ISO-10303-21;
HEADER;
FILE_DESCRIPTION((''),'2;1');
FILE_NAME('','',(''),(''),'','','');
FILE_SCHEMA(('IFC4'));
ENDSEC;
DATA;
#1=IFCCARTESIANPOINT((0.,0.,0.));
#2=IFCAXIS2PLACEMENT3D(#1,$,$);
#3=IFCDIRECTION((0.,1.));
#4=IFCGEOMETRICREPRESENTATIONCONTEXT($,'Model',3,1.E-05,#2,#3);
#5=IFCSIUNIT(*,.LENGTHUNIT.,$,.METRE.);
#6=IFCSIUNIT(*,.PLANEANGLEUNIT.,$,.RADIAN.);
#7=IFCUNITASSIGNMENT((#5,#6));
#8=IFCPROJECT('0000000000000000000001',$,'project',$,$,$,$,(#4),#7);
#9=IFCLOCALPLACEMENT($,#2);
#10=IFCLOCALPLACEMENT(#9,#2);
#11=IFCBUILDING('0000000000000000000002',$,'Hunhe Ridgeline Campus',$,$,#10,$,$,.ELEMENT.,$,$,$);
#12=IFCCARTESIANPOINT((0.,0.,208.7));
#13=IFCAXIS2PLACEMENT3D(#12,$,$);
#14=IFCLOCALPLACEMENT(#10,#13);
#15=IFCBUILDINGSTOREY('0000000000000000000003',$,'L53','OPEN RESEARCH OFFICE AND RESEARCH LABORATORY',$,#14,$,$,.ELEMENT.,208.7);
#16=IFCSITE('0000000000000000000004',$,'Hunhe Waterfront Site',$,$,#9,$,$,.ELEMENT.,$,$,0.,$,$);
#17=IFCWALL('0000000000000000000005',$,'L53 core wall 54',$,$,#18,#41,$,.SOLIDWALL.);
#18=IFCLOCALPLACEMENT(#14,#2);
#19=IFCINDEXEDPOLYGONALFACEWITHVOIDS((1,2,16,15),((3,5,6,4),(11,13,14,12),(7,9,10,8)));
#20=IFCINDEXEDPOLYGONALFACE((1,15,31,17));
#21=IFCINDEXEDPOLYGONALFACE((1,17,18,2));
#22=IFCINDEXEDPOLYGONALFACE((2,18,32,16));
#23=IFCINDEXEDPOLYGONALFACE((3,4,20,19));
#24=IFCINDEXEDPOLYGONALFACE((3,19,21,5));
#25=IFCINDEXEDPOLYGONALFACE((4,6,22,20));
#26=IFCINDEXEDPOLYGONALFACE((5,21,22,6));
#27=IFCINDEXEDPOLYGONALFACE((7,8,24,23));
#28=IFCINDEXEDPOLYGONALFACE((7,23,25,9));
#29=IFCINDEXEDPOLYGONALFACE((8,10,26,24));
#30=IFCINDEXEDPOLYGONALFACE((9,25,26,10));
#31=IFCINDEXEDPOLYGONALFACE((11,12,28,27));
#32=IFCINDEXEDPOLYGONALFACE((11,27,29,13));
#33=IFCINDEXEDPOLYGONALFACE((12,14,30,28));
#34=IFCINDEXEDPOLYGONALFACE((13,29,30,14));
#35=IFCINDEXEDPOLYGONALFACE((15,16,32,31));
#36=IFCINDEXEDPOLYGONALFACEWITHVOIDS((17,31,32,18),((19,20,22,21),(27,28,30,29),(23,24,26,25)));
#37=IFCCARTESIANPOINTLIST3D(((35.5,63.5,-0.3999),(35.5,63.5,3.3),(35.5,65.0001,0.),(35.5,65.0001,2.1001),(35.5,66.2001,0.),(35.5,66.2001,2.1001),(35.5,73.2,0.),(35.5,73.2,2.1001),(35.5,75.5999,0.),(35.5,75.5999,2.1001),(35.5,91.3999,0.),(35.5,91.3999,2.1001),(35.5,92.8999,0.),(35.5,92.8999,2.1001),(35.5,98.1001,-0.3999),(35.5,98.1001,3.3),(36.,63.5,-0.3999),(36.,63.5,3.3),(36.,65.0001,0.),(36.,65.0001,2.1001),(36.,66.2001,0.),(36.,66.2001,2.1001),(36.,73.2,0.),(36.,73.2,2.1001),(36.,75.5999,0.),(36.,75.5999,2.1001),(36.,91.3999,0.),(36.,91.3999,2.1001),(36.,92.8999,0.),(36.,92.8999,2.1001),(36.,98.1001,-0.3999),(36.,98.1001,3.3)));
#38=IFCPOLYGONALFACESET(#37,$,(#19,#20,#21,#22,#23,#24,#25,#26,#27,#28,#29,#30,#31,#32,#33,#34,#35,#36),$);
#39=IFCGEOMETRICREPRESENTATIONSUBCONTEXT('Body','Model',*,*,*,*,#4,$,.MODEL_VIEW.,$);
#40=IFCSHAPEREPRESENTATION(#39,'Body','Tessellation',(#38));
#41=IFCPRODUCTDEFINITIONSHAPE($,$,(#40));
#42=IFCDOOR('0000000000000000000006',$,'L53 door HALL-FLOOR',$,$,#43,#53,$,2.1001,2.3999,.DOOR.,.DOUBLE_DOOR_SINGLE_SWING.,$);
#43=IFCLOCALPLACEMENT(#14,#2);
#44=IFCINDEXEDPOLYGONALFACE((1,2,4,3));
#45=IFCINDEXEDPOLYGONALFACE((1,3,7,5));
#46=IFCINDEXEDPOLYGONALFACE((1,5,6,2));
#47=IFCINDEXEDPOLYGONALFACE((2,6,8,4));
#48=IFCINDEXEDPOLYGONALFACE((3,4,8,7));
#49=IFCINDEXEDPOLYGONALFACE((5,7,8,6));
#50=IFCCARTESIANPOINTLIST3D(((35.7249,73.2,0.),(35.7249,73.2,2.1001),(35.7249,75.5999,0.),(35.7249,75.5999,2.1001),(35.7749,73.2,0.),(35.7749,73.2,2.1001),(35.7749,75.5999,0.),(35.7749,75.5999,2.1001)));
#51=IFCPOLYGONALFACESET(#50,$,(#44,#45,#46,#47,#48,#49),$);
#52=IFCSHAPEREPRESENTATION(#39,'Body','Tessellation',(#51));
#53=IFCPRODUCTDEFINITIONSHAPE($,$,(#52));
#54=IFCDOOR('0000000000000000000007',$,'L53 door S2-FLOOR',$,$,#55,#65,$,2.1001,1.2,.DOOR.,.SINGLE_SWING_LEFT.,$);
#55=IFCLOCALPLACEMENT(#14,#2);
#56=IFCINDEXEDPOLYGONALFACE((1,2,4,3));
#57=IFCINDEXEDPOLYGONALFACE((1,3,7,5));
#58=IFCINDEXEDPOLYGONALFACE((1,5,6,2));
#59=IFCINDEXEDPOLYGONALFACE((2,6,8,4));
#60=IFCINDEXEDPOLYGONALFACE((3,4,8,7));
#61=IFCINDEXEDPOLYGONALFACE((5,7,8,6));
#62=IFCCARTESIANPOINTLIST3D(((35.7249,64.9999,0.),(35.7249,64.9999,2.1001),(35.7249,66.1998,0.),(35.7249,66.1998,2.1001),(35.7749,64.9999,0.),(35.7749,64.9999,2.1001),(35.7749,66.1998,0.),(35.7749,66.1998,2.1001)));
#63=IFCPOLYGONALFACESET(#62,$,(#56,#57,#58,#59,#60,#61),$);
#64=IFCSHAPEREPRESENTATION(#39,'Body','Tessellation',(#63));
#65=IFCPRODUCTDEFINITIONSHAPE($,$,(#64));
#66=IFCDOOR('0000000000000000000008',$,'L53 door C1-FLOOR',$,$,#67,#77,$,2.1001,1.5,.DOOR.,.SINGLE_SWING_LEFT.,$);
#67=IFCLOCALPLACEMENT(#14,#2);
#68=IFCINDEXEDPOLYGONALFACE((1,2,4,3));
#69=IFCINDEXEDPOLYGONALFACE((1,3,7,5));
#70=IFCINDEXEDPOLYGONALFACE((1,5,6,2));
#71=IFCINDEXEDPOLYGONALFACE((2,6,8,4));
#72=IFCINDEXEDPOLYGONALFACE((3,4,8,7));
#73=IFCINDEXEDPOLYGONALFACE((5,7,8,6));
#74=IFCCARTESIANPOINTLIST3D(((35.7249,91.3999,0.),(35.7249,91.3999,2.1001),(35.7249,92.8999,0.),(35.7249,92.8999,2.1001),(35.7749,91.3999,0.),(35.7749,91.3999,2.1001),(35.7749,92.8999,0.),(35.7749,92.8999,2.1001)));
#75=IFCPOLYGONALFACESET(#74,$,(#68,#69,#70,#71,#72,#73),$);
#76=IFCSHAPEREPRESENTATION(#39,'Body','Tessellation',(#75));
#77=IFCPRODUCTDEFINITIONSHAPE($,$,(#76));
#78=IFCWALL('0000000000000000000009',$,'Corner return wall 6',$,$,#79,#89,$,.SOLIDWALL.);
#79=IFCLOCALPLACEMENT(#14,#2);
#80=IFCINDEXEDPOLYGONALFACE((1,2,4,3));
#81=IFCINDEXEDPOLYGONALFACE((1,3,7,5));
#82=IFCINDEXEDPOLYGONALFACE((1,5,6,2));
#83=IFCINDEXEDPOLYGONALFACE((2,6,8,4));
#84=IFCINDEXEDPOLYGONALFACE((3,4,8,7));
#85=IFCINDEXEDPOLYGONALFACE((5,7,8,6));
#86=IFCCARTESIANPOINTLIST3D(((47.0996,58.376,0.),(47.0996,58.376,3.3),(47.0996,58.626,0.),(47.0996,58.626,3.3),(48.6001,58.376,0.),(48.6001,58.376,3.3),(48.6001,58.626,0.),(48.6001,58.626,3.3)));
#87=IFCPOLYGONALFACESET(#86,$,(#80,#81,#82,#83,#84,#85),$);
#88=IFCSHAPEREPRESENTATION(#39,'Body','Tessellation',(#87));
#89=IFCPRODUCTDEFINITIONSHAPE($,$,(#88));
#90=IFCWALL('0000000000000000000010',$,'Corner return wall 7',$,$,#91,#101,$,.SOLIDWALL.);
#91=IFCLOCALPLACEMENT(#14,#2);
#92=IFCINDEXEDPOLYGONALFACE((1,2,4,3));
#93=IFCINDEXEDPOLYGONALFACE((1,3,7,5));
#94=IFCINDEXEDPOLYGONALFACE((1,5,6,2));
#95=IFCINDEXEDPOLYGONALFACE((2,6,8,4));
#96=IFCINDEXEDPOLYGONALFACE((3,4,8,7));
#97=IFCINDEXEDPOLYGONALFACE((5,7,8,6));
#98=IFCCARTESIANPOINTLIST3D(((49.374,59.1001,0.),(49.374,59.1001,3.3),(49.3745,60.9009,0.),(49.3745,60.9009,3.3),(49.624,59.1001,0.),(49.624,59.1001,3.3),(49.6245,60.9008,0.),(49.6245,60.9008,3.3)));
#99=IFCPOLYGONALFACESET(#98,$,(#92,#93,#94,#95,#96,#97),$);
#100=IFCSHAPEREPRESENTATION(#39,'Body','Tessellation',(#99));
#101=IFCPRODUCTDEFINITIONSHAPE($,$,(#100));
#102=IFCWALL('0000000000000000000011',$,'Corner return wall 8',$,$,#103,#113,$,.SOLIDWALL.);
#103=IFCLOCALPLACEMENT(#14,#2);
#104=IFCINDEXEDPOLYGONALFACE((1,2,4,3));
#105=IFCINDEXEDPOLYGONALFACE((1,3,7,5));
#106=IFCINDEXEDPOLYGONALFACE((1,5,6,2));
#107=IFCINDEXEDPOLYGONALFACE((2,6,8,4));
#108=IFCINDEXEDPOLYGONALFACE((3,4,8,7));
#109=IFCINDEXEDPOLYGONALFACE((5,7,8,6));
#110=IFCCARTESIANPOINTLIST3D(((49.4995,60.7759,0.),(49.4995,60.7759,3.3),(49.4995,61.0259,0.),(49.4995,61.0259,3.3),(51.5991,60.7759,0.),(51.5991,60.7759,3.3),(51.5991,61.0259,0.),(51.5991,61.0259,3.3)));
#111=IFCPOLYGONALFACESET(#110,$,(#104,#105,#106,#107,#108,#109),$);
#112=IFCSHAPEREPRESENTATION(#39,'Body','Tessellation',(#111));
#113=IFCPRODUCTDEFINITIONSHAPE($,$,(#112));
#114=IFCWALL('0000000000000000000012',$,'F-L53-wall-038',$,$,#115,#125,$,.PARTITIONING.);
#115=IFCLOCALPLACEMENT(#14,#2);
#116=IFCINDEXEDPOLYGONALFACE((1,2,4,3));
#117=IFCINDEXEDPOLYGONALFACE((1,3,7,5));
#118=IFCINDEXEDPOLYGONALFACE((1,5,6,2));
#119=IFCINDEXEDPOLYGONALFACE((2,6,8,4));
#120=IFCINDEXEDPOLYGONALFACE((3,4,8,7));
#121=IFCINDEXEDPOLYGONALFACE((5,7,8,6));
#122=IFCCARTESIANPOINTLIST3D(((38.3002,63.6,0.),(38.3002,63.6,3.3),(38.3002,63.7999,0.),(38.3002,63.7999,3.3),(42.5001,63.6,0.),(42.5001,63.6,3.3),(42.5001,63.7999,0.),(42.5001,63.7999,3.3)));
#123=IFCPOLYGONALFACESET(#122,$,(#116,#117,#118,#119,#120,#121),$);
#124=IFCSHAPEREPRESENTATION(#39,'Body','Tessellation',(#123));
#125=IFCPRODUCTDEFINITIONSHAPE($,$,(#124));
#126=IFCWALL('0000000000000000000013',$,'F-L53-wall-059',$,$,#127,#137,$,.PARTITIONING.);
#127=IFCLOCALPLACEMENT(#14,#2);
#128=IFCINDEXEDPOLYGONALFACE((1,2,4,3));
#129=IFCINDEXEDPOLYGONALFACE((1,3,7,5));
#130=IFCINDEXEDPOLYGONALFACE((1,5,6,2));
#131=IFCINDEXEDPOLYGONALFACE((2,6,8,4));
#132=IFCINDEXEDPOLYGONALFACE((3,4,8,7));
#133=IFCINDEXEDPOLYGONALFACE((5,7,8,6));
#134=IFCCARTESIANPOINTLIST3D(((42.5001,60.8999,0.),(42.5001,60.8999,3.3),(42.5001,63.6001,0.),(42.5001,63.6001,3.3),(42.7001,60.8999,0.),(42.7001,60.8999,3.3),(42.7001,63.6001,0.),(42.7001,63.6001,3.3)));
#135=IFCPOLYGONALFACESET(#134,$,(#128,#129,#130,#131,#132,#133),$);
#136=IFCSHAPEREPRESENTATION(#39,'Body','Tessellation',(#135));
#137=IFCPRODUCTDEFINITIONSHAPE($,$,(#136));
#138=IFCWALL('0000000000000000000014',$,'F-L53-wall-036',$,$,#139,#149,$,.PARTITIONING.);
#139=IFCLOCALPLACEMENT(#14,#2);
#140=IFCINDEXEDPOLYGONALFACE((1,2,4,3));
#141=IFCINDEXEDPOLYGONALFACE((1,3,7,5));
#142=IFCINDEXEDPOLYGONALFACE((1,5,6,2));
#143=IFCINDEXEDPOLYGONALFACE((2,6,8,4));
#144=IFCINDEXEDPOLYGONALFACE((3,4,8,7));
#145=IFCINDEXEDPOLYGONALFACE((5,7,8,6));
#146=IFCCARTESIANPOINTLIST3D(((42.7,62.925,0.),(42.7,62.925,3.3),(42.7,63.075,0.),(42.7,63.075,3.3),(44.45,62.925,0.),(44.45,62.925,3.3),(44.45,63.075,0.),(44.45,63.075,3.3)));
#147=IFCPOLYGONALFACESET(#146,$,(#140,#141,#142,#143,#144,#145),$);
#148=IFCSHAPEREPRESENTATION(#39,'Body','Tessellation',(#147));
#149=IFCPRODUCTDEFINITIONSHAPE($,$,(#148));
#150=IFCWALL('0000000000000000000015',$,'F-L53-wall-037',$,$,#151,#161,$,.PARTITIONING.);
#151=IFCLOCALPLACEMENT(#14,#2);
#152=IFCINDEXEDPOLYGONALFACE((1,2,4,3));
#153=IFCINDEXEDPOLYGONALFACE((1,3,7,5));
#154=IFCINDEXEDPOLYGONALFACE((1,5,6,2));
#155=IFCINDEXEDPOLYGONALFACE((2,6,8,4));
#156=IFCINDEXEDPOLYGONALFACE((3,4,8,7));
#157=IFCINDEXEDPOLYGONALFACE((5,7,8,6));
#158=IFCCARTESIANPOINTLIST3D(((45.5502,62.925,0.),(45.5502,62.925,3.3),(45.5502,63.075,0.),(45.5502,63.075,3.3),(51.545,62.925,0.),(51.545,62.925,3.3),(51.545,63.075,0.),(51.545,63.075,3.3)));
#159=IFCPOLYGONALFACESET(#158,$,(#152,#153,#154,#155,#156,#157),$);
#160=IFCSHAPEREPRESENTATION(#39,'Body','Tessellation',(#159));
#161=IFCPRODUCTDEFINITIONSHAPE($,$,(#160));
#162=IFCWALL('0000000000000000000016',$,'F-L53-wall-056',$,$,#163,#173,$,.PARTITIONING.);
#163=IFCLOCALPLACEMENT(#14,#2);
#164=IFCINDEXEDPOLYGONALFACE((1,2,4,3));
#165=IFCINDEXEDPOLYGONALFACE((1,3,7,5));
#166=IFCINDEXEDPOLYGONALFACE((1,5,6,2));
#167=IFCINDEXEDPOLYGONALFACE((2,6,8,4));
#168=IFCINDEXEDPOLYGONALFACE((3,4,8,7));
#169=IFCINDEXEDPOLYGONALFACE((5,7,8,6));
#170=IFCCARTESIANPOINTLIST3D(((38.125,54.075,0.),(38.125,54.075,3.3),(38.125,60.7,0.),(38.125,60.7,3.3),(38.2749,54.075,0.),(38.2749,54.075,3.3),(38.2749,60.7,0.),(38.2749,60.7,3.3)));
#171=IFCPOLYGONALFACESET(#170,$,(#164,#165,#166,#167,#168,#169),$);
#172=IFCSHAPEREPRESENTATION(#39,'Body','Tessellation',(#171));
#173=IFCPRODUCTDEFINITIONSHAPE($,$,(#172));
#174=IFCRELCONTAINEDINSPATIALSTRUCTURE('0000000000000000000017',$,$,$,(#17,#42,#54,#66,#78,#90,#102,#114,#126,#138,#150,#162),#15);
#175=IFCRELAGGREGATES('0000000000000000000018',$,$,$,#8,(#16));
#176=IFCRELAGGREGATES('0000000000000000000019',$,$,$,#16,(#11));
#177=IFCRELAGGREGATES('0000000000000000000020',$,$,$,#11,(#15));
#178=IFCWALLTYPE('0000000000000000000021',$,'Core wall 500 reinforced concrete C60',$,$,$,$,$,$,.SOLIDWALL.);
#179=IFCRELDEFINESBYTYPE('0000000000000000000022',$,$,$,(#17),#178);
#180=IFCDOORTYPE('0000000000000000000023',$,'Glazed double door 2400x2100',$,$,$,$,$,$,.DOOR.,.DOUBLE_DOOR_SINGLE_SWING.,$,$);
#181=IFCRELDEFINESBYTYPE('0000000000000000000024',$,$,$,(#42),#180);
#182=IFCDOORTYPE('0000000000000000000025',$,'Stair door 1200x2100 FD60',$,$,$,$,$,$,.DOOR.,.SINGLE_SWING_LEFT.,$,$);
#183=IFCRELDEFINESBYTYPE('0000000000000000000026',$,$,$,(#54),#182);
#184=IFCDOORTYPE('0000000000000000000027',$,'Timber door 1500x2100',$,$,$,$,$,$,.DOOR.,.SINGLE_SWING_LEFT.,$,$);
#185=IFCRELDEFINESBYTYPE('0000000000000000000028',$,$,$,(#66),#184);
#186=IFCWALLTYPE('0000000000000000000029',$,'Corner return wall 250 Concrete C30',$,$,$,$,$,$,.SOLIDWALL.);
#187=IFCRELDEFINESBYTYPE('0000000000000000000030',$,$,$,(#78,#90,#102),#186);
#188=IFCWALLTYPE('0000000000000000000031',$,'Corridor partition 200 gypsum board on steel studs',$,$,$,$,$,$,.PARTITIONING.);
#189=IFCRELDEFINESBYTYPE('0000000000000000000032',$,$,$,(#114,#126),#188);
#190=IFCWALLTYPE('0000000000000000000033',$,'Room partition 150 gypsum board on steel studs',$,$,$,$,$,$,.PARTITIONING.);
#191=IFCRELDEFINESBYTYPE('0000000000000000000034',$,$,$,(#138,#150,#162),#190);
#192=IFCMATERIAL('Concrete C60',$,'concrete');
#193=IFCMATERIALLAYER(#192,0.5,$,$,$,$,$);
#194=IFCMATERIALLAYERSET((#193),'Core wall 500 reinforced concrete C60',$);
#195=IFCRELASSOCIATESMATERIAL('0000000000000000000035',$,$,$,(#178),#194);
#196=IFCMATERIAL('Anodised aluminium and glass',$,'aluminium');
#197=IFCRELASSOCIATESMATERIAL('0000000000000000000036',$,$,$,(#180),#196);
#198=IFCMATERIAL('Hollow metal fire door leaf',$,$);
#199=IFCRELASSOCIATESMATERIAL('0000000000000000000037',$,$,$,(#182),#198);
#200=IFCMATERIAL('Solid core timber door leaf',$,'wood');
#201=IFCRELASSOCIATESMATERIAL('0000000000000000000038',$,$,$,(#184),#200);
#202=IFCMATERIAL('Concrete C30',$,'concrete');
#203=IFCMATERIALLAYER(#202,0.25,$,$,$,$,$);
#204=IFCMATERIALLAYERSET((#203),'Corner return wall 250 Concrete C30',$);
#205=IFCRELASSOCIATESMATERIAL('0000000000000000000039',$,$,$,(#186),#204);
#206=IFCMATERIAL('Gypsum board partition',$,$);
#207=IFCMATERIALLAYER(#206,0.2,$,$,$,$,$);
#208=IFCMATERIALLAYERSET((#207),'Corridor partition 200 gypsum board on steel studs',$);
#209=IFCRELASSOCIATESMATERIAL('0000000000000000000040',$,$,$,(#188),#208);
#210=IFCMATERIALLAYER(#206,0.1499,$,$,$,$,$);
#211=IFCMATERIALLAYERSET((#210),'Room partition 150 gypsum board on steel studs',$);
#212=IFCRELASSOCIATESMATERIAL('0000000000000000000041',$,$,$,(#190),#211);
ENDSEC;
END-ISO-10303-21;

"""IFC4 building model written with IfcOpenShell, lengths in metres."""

from ifc_helpers import new_model, si_unit, direction, frame, frame_2d, origin, place, context, subcontext, project, spatial, rectangle, extrude, material, layer, layer_set, type_object, element, fill, save


model = new_model("IFC4")

# Units and contexts
model_context = context("Model", 3, precision=1e-05, world=origin(), true_north=direction((0.0, 1.0)))
body_context = subcontext(model_context, "Body", "Model", "MODEL_VIEW")
ifc_project = project(units=[si_unit("LENGTHUNIT", "METRE"), si_unit("PLANEANGLEUNIT", "RADIAN")], contexts=[model_context])

# Site, building, storey
site_placement = place(None, origin())
site = spatial("IfcSite", under=ifc_project, at=site_placement, Name="Hunhe Waterfront Site", CompositionType="ELEMENT", RefElevation=0.0)
building_placement = place(site_placement, origin())
building = spatial("IfcBuilding", under=site, at=building_placement, Name="Hunhe Ridgeline Campus", CompositionType="ELEMENT")
storey_placement = place(building_placement, frame((0.0, 0.0, 208.7)))
storey = spatial("IfcBuildingStorey", under=building, at=storey_placement, Name="L53", Description="OPEN RESEARCH OFFICE AND RESEARCH LABORATORY", CompositionType="ELEMENT", Elevation=208.7)

# Shared definitions
ifc_material_1 = material(Name="Concrete C60", Category="concrete")

# Wall, openings, doors
ifc_layer_1 = layer(ifc_material_1, 0.5)
ifc_layer_set_1 = layer_set([ifc_layer_1], Name="Core wall 500 reinforced concrete C60")
wall_type_1 = type_object("IfcWallType", Name="Core wall 500 reinforced concrete C60", PredefinedType="SOLIDWALL", material=ifc_layer_set_1)
wall_1_placement = place(storey_placement, frame((35.75, 63.5, -0.3999), z_axis=(0.0, 0.0, 1.0), x_axis=(0.0, 1.0, 0.0)))
wall_1 = element("IfcWall", 1, at=wall_1_placement, inside=storey, type_object=wall_type_1, Name="L53 core wall 54", PredefinedType="SOLIDWALL", context=body_context, shape_type="SweptSolid", body=[
    extrude(rectangle(XDim=34.6001, YDim=0.5, at=frame_2d((17.3, 0.0))), origin(), (0.0, 0.0, 1.0), 3.7),
])
opening_1_placement = place(wall_1_placement, frame((9.7, 0.0, 0.3999)))
opening_1 = element("IfcOpeningElement", 2, at=opening_1_placement, cuts=wall_1, PredefinedType="OPENING", context=body_context, shape_type="SweptSolid", body=[
    extrude(rectangle(XDim=2.3999, YDim=2.1001, at=frame_2d((1.2, 1.05))), frame((0.0, 0.25, 0.0), z_axis=(0.0, -1.0, 0.0), x_axis=(1.0, 0.0, 0.0)), (0.0, 0.0, 1.0), 0.5),
])
opening_2_placement = place(wall_1_placement, frame((27.8999, 0.0, 0.3999)))
opening_2 = element("IfcOpeningElement", 3, at=opening_2_placement, cuts=wall_1, PredefinedType="OPENING", context=body_context, shape_type="SweptSolid", body=[
    extrude(rectangle(XDim=1.5, YDim=2.1001, at=frame_2d((0.75, 1.05))), frame((0.0, 0.25, 0.0), z_axis=(0.0, -1.0, 0.0), x_axis=(1.0, 0.0, 0.0)), (0.0, 0.0, 1.0), 0.5),
])
opening_3_placement = place(wall_1_placement, frame((1.5, 0.0, 0.3999)))
opening_3 = element("IfcOpeningElement", 4, at=opening_3_placement, cuts=wall_1, PredefinedType="OPENING", context=body_context, shape_type="SweptSolid", body=[
    extrude(rectangle(XDim=1.2, YDim=2.1001, at=frame_2d((0.6001, 1.05))), frame((0.0, 0.25, 0.0), z_axis=(0.0, -1.0, 0.0), x_axis=(1.0, 0.0, 0.0)), (0.0, 0.0, 1.0), 0.5),
])
ifc_material_2 = material(Name="Anodised aluminium and glass", Category="aluminium")
door_type_1 = type_object("IfcDoorType", Name="Glazed double door 2400x2100", OperationType="DOUBLE_DOOR_SINGLE_SWING", PredefinedType="DOOR", material=ifc_material_2)
door_1_placement = place(opening_1_placement, frame((2.3999, 0.0, 0.0), z_axis=(0.0, 0.0, 1.0), x_axis=(-1.0, 0.0, 0.0)))
door_1 = element("IfcDoor", 5, at=door_1_placement, inside=storey, type_object=door_type_1, Name="L53 door HALL-FLOOR", OperationType="DOUBLE_DOOR_SINGLE_SWING", OverallHeight=2.1001, OverallWidth=2.3999, PredefinedType="DOOR", context=body_context, shape_type="SweptSolid", body=[
    extrude(rectangle(XDim=2.3999, YDim=2.1001, at=frame_2d((1.2, 1.05))), frame((0.0, 0.0249, 0.0), z_axis=(0.0, -1.0, 0.0), x_axis=(1.0, 0.0, 0.0)), (0.0, 0.0, 1.0), 0.05),
])
fill(opening_1, door_1)
ifc_material_3 = material(Name="Hollow metal fire door leaf")
door_type_2 = type_object("IfcDoorType", Name="Stair door 1200x2100 FD60", OperationType="SINGLE_SWING_LEFT", PredefinedType="DOOR", material=ifc_material_3)
door_2_placement = place(opening_3_placement, frame((1.2, 0.0, 0.0), z_axis=(0.0, 0.0, 1.0), x_axis=(-1.0, 0.0, 0.0)))
door_2 = element("IfcDoor", 6, at=door_2_placement, inside=storey, type_object=door_type_2, Name="L53 door S2-FLOOR", OperationType="SINGLE_SWING_LEFT", OverallHeight=2.1001, OverallWidth=1.2, PredefinedType="DOOR", context=body_context, shape_type="SweptSolid", body=[
    extrude(rectangle(XDim=1.2, YDim=2.1001, at=frame_2d((0.6001, 1.05))), frame((0.0, 0.0249, 0.0), z_axis=(0.0, -1.0, 0.0), x_axis=(1.0, 0.0, 0.0)), (0.0, 0.0, 1.0), 0.05),
])
fill(opening_3, door_2)
ifc_material_4 = material(Name="Solid core timber door leaf", Category="wood")
door_type_3 = type_object("IfcDoorType", Name="Timber door 1500x2100", OperationType="SINGLE_SWING_LEFT", PredefinedType="DOOR", material=ifc_material_4)
door_3_placement = place(opening_2_placement, frame((1.5, 0.0, 0.0), z_axis=(0.0, 0.0, 1.0), x_axis=(-1.0, 0.0, 0.0)))
door_3 = element("IfcDoor", 7, at=door_3_placement, inside=storey, type_object=door_type_3, Name="L53 door C1-FLOOR", OperationType="SINGLE_SWING_LEFT", OverallHeight=2.1001, OverallWidth=1.5, PredefinedType="DOOR", context=body_context, shape_type="SweptSolid", body=[
    extrude(rectangle(XDim=1.5, YDim=2.1001, at=frame_2d((0.75, 1.05))), frame((0.0, 0.0249, 0.0), z_axis=(0.0, -1.0, 0.0), x_axis=(1.0, 0.0, 0.0)), (0.0, 0.0, 1.0), 0.05),
])
fill(opening_2, door_3)

# Walls
ifc_material_5 = material(Name="Concrete C30", Category="concrete")
ifc_layer_2 = layer(ifc_material_5, 0.25)
ifc_layer_set_2 = layer_set([ifc_layer_2], Name="Corner return wall 250 Concrete C30")
wall_type_2 = type_object("IfcWallType", Name="Corner return wall 250 Concrete C30", PredefinedType="SOLIDWALL", material=ifc_layer_set_2)
wall_2_placement = place(storey_placement, frame((47.0996, 58.501, 0.0), z_axis=(0.0, 0.0, 1.0), x_axis=(1.0, 0.0, 0.0)))
element("IfcWall", 8, at=wall_2_placement, inside=storey, type_object=wall_type_2, Name="Corner return wall 6", PredefinedType="SOLIDWALL", context=body_context, shape_type="SweptSolid", body=[
    extrude(rectangle(XDim=1.5005, YDim=0.25, at=frame_2d((0.7502, 0.0))), origin(), (0.0, 0.0, 1.0), 3.3),
])
wall_3_placement = place(storey_placement, frame((49.499, 59.1001, 0.0), z_axis=(0.0, 0.0, 1.0), x_axis=(0.000271, 1.0, 0.0)))
element("IfcWall", 9, at=wall_3_placement, inside=storey, type_object=wall_type_2, Name="Corner return wall 7", PredefinedType="SOLIDWALL", context=body_context, shape_type="SweptSolid", body=[
    extrude(rectangle(XDim=1.8008, YDim=0.25, at=frame_2d((0.9004, 0.0))), origin(), (0.0, 0.0, 1.0), 3.3),
])
wall_4_placement = place(storey_placement, frame((49.4995, 60.9009, 0.0), z_axis=(0.0, 0.0, 1.0), x_axis=(1.0, 0.0, 0.0)))
element("IfcWall", 10, at=wall_4_placement, inside=storey, type_object=wall_type_2, Name="Corner return wall 8", PredefinedType="SOLIDWALL", context=body_context, shape_type="SweptSolid", body=[
    extrude(rectangle(XDim=2.0996, YDim=0.25, at=frame_2d((1.0498, 0.0))), origin(), (0.0, 0.0, 1.0), 3.3),
])

# Shared definitions
ifc_material_6 = material(Name="Gypsum board partition")
ifc_layer_3 = layer(ifc_material_6, 0.2)
ifc_layer_set_3 = layer_set([ifc_layer_3], Name="Corridor partition 200 gypsum board on steel studs")
wall_type_3 = type_object("IfcWallType", Name="Corridor partition 200 gypsum board on steel studs", PredefinedType="PARTITIONING", material=ifc_layer_set_3)

# Walls
wall_5_placement = place(storey_placement, frame((38.3, 63.7, 0.0), z_axis=(0.0, 0.0, 1.0), x_axis=(1.0, 0.0, 0.0)))
element("IfcWall", 11, at=wall_5_placement, inside=storey, type_object=wall_type_3, Name="F-L53-wall-038", PredefinedType="PARTITIONING", context=body_context, shape_type="SweptSolid", body=[
    extrude(rectangle(XDim=4.2, YDim=0.2, at=frame_2d((2.1001, 0.0))), origin(), (0.0, 0.0, 1.0), 3.3),
])
wall_6_placement = place(storey_placement, frame((42.6001, 63.6001, 0.0), z_axis=(0.0, 0.0, 1.0), x_axis=(0.0, -1.0, 0.0)))
element("IfcWall", 12, at=wall_6_placement, inside=storey, type_object=wall_type_3, Name="F-L53-wall-059", PredefinedType="PARTITIONING", context=body_context, shape_type="SweptSolid", body=[
    extrude(rectangle(XDim=2.7002, YDim=0.2, at=frame_2d((1.3501, 0.0))), origin(), (0.0, 0.0, 1.0), 3.3),
])
ifc_layer_4 = layer(ifc_material_6, 0.1499)
ifc_layer_set_4 = layer_set([ifc_layer_4], Name="Room partition 150 gypsum board on steel studs")
wall_type_4 = type_object("IfcWallType", Name="Room partition 150 gypsum board on steel studs", PredefinedType="PARTITIONING", material=ifc_layer_set_4)
wall_7_placement = place(storey_placement, frame((42.7, 63.0, 0.0), z_axis=(0.0, 0.0, 1.0), x_axis=(1.0, 0.0, 0.0)))
element("IfcWall", 13, at=wall_7_placement, inside=storey, type_object=wall_type_4, Name="F-L53-wall-036", PredefinedType="PARTITIONING", context=body_context, shape_type="SweptSolid", body=[
    extrude(rectangle(XDim=1.75, YDim=0.1499, at=frame_2d((0.875, 0.0))), origin(), (0.0, 0.0, 1.0), 3.3),
])
wall_8_placement = place(storey_placement, frame((45.55, 63.0, 0.0), z_axis=(0.0, 0.0, 1.0), x_axis=(1.0, 0.0, 0.0)))
element("IfcWall", 14, at=wall_8_placement, inside=storey, type_object=wall_type_4, Name="F-L53-wall-037", PredefinedType="PARTITIONING", context=body_context, shape_type="SweptSolid", body=[
    extrude(rectangle(XDim=5.9949, YDim=0.1499, at=frame_2d((2.9976, 0.0))), origin(), (0.0, 0.0, 1.0), 3.3),
])
wall_9_placement = place(storey_placement, frame((38.2, 60.7, 0.0), z_axis=(0.0, 0.0, 1.0), x_axis=(0.0, -1.0, 0.0)))
element("IfcWall", 15, at=wall_9_placement, inside=storey, type_object=wall_type_4, Name="F-L53-wall-056", PredefinedType="PARTITIONING", context=body_context, shape_type="SweptSolid", body=[
    extrude(rectangle(XDim=6.625, YDim=0.1499, at=frame_2d((3.3125, 0.0))), origin(), (0.0, 0.0, 1.0), 3.3),
])

save(model, "model.ifc")
